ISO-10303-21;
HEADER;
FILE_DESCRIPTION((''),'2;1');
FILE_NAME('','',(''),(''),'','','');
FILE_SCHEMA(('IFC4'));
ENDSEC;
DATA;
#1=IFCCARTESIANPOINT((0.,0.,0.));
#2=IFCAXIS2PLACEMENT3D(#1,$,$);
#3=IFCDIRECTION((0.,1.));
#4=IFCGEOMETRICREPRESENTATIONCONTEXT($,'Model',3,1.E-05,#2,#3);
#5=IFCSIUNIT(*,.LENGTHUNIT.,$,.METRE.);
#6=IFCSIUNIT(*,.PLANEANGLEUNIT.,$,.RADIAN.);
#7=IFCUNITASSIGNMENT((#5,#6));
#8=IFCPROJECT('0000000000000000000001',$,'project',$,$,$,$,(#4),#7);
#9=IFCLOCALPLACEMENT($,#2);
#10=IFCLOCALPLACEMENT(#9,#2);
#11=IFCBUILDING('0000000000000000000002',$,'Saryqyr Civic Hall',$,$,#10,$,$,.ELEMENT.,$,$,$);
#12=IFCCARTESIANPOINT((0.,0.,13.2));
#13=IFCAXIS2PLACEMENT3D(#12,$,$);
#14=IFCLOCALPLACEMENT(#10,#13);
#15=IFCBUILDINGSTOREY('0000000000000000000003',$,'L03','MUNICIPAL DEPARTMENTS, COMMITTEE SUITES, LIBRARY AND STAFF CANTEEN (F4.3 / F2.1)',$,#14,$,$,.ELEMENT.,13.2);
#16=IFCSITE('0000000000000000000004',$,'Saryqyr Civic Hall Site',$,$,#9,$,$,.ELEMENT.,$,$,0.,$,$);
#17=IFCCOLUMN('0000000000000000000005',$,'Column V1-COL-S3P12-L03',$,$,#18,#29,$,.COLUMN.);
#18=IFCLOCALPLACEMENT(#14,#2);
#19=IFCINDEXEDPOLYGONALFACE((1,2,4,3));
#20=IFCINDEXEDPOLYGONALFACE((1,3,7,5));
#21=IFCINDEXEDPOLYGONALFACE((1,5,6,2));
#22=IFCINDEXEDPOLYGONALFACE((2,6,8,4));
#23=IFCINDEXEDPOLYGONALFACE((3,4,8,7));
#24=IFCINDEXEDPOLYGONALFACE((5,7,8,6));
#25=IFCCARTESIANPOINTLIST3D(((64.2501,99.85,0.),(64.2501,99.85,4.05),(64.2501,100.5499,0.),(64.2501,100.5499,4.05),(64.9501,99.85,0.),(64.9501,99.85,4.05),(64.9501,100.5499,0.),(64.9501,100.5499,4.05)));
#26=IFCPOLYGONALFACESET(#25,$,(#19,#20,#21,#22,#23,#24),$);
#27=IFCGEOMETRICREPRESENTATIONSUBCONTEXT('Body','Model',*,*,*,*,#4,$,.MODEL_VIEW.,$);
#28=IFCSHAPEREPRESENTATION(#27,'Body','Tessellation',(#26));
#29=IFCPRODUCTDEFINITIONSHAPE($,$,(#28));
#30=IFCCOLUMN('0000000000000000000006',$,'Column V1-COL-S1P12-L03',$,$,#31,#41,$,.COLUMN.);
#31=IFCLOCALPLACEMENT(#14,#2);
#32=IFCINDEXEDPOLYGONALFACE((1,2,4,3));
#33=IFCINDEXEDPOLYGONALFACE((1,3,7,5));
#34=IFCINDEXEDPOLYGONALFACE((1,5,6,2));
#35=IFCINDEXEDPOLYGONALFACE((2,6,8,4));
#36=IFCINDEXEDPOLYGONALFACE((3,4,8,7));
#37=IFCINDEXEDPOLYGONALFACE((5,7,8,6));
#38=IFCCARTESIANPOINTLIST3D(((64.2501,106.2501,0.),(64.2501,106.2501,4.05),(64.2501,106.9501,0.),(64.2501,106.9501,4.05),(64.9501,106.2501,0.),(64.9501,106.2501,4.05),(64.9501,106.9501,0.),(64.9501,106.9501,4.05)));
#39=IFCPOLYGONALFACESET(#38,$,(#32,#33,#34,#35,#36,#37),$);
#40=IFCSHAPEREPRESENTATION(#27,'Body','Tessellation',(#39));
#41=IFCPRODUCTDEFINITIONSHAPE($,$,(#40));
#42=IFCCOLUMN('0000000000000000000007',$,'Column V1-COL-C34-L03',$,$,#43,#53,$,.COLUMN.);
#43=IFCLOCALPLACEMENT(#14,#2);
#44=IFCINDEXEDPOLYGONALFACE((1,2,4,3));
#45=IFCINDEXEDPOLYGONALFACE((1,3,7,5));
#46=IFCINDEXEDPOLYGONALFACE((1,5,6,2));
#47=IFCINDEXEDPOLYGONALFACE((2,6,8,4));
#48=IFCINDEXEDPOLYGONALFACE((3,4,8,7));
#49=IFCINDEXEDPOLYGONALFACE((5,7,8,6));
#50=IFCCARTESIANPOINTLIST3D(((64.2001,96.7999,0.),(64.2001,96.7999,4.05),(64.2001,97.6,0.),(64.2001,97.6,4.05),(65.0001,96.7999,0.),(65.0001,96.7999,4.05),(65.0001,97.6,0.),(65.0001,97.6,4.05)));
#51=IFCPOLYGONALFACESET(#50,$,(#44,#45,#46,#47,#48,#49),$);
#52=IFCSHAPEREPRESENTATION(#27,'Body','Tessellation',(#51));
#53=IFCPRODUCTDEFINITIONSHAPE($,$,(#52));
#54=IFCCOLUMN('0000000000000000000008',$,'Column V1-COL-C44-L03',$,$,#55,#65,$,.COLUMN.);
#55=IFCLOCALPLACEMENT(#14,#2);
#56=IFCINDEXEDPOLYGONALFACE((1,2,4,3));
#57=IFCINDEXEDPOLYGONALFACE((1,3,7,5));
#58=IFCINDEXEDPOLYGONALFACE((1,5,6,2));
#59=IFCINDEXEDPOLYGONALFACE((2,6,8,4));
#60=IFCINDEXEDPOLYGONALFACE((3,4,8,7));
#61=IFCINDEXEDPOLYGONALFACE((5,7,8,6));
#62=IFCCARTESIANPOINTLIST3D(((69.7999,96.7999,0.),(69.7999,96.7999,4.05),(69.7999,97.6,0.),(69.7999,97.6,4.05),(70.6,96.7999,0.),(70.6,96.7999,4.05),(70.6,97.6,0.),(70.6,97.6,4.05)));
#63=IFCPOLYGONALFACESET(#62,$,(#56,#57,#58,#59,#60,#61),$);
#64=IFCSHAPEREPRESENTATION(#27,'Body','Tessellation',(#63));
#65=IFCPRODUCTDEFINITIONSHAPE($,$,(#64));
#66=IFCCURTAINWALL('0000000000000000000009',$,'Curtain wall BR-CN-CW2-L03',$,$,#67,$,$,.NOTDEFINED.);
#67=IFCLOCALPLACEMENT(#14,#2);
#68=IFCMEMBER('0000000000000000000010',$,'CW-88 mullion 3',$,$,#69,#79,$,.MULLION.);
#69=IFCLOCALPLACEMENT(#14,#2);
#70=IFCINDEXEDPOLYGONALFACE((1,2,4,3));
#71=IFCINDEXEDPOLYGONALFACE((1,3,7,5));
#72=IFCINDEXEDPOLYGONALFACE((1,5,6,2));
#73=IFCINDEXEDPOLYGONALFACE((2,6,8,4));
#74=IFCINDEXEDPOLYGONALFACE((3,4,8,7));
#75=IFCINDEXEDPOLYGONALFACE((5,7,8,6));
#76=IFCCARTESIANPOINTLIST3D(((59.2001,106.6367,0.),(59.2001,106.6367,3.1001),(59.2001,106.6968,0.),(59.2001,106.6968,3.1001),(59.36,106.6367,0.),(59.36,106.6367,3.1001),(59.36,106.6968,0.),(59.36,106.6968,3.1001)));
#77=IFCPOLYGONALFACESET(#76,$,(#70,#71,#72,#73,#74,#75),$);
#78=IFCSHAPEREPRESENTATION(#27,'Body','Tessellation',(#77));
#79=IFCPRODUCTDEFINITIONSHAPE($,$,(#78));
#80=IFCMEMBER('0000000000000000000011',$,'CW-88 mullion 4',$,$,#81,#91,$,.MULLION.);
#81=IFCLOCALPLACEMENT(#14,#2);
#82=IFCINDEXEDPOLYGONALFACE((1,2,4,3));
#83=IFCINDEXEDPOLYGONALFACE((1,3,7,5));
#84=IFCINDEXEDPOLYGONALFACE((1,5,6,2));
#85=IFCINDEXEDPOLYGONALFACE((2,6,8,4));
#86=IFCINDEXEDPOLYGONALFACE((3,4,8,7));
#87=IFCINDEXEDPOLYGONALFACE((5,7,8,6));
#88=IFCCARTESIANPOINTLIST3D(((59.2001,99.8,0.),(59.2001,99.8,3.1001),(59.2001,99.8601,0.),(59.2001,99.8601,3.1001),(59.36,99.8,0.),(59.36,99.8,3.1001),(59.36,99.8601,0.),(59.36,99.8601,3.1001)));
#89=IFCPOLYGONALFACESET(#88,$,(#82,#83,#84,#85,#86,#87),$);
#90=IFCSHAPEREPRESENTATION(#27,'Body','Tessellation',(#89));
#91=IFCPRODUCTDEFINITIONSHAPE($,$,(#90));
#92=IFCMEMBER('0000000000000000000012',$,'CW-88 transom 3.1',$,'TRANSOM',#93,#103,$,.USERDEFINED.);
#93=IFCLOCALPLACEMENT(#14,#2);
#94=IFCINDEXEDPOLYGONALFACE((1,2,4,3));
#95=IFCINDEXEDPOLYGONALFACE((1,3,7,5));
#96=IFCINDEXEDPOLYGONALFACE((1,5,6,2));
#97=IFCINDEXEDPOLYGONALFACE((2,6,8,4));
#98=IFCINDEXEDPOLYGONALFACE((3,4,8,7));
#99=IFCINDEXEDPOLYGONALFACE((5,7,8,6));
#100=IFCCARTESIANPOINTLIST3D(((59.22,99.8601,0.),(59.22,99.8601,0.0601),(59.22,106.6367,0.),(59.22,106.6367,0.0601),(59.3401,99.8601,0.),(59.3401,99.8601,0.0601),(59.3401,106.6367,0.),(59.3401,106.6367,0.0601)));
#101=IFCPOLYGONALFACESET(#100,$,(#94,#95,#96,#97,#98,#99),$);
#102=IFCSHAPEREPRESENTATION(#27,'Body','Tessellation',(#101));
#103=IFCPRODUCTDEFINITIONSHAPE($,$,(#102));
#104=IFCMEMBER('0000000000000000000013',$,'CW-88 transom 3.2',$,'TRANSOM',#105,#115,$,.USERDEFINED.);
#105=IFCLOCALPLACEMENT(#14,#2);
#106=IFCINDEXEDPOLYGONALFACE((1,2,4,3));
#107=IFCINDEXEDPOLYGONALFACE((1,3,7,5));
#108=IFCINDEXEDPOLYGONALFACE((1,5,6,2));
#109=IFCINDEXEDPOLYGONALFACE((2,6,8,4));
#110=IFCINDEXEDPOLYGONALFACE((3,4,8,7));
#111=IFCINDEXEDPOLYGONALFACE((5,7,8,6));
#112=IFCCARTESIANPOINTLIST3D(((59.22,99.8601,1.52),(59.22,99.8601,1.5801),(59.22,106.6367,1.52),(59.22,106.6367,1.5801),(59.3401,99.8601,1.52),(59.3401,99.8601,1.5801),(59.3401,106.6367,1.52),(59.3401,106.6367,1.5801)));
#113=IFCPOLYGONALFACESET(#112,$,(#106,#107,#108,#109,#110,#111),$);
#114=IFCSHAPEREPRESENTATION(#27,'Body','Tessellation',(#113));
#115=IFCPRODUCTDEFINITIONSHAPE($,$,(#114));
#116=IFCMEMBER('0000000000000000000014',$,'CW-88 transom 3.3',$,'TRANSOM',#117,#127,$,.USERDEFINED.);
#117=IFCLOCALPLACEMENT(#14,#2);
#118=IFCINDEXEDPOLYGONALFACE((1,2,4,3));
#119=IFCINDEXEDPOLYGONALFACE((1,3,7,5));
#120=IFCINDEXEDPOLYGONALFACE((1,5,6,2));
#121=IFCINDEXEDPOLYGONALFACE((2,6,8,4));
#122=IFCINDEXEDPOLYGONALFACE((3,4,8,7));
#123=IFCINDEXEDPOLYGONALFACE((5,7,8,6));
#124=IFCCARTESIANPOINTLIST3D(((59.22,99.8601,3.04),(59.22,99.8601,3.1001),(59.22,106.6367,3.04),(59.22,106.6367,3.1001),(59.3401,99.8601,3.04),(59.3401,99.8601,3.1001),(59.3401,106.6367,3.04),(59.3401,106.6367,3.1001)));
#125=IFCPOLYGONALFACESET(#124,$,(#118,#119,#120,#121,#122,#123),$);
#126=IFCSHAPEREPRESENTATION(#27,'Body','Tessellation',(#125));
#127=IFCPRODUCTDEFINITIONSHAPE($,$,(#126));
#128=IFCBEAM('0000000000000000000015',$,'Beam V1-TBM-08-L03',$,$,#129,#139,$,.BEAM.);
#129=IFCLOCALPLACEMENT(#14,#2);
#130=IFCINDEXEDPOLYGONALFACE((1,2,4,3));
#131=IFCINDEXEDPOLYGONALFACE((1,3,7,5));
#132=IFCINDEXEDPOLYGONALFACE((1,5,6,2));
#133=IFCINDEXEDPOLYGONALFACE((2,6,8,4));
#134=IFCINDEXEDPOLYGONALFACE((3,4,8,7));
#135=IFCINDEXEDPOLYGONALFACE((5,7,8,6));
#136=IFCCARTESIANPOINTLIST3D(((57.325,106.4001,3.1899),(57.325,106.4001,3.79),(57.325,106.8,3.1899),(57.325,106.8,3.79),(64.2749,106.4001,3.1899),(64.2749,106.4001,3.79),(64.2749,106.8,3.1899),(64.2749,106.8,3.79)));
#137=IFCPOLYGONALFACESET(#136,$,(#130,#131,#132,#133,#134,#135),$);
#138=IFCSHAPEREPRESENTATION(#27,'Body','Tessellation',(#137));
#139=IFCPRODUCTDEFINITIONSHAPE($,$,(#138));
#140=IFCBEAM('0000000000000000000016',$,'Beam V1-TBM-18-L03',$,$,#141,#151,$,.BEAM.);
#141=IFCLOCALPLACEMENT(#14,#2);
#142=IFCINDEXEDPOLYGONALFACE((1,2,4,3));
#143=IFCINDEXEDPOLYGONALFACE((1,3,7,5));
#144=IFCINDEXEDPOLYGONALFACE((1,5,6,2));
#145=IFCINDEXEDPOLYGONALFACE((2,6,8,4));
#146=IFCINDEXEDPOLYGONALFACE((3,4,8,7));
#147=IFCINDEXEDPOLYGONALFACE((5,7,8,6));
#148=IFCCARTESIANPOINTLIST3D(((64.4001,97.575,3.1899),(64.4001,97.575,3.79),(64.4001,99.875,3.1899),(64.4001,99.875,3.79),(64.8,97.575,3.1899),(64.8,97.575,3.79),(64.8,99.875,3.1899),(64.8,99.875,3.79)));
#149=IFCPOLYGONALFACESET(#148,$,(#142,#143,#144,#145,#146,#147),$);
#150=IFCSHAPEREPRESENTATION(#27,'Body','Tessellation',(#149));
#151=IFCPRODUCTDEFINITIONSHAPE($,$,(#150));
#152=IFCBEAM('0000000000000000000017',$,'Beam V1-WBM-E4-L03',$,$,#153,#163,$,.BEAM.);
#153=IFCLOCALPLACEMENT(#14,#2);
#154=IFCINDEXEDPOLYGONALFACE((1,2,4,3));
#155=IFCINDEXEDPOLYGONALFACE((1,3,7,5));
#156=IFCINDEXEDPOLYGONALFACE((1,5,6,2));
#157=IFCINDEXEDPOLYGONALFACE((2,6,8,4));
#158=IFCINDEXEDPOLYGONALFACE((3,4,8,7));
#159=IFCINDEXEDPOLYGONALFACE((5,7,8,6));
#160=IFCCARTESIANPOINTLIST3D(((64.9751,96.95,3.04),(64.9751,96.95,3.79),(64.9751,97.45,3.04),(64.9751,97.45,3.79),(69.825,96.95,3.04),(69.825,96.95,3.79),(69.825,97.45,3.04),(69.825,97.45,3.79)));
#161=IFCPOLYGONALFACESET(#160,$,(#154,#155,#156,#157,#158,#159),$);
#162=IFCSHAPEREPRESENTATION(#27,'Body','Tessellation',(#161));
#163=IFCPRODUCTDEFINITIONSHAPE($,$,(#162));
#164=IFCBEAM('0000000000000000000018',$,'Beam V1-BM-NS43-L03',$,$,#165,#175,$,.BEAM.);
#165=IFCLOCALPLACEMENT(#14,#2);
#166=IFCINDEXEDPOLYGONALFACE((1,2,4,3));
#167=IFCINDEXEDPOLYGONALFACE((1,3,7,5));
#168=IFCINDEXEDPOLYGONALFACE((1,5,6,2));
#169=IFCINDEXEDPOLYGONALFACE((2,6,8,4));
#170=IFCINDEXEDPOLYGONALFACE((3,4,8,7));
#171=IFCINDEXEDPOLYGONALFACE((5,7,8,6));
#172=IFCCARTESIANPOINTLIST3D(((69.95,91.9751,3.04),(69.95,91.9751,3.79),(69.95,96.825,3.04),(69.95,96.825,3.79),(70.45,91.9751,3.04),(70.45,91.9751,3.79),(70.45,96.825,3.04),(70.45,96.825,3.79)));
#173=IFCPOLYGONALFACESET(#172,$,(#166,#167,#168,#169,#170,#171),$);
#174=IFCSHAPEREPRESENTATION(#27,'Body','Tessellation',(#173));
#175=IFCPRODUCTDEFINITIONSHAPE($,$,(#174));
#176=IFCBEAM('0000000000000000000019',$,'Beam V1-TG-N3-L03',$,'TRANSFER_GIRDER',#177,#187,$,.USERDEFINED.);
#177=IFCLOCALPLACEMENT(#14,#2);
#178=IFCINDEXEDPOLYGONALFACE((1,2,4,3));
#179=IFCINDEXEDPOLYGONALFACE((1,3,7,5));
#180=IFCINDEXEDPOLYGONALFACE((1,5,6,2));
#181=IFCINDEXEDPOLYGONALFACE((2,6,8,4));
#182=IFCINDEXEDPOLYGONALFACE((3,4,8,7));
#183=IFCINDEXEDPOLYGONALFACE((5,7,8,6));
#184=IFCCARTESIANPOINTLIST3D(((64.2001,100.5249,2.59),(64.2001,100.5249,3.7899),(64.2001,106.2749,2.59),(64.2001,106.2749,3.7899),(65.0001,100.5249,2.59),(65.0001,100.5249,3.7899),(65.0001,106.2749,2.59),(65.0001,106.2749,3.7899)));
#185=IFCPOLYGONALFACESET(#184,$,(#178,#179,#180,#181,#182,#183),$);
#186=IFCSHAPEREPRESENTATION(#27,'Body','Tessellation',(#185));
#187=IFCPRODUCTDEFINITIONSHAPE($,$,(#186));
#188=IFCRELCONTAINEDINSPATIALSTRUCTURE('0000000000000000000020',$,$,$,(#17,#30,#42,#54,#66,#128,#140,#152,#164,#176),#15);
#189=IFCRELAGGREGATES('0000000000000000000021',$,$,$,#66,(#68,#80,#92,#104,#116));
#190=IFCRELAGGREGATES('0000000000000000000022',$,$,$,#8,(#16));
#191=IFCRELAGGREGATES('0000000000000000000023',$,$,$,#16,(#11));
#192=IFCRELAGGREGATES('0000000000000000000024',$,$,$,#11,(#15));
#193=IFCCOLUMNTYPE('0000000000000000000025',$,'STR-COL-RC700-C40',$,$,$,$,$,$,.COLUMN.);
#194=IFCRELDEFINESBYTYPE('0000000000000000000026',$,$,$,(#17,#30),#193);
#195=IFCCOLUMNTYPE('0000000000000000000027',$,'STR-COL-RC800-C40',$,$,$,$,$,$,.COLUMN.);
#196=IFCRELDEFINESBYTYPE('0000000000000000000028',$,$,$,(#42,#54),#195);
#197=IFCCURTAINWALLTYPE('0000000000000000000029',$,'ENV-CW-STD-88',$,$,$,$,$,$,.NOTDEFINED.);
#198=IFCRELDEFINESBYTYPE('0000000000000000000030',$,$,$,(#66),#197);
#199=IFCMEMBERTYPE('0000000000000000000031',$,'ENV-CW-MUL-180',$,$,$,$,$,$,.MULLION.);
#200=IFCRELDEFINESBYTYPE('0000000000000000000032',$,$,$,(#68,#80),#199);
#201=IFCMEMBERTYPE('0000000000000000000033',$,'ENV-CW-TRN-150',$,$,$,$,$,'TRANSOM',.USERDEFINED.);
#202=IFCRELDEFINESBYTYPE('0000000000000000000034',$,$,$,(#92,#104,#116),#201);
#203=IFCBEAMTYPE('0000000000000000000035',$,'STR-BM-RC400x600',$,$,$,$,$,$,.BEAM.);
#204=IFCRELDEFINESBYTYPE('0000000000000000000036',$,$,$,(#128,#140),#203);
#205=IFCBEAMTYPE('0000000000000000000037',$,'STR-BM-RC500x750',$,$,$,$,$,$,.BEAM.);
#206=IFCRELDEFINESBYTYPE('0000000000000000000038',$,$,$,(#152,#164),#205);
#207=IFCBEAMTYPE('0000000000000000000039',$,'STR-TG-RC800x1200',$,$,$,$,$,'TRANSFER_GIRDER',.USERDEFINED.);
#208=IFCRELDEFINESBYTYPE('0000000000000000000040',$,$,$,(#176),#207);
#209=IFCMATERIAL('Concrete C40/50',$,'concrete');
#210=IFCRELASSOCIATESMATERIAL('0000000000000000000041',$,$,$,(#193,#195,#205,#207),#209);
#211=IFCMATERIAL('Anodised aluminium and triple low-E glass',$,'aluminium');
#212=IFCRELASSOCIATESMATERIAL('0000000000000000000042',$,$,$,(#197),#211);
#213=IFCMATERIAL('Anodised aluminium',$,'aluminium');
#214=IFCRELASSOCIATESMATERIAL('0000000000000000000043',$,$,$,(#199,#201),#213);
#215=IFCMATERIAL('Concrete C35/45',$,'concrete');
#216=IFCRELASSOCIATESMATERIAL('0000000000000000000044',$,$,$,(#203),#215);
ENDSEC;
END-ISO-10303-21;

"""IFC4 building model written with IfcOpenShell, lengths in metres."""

from ifc_helpers import new_model, si_unit, direction, frame, origin, origin_2d, place, context, subcontext, project, spatial, rectangle, extrude, material, material_profile, profile_set, type_object, element, aggregate, save


model = new_model("IFC4")

# Units and contexts
model_context = context("Model", 3, precision=1e-05, world=origin(), true_north=direction((0.0, 1.0)))
body_context = subcontext(model_context, "Body", "Model", "MODEL_VIEW")
ifc_project = project(units=[si_unit("LENGTHUNIT", "METRE"), si_unit("PLANEANGLEUNIT", "RADIAN")], contexts=[model_context])

# Site, building, storey
site_placement = place(None, origin())
site = spatial("IfcSite", under=ifc_project, at=site_placement, Name="Saryqyr Civic Hall Site", CompositionType="ELEMENT", RefElevation=0.0)
building_placement = place(site_placement, origin())
building = spatial("IfcBuilding", under=site, at=building_placement, Name="Saryqyr Civic Hall", CompositionType="ELEMENT")
storey_placement = place(building_placement, frame((0.0, 0.0, 13.2)))
storey = spatial("IfcBuildingStorey", under=building, at=storey_placement, Name="L03", Description="MUNICIPAL DEPARTMENTS, COMMITTEE SUITES, LIBRARY AND STAFF CANTEEN (F4.3 / F2.1)", CompositionType="ELEMENT", Elevation=13.2)

# Columns
ifc_material_1 = material(Name="Concrete C40/50", Category="concrete")
ifc_material_profile_1 = material_profile(ifc_material_1, rectangle(XDim=0.7, YDim=0.7, at=origin_2d()), Name="RC 700x700")
ifc_profile_set_1 = profile_set([ifc_material_profile_1], Name="Concrete C40/50")
column_type_1 = type_object("IfcColumnType", Name="STR-COL-RC700-C40", PredefinedType="COLUMN", material=ifc_profile_set_1)
for number, where, z_axis, x_axis, name in (
    (1, (64.6001, 100.2, 0.0), (0.0, 0.0, 1.0), (1.0, 0.0, 0.0), "Column V1-COL-S3P12-L03"),
    (2, (64.6001, 106.6001, 0.0), (0.0, 0.0, 1.0), (1.0, 0.0, 0.0), "Column V1-COL-S1P12-L03"),
):
    element("IfcColumn", number, at=place(storey_placement, frame(where, z_axis=z_axis, x_axis=x_axis)), inside=storey, type_object=column_type_1, Name=name, PredefinedType="COLUMN", context=body_context, shape_type="SweptSolid", body=[
        extrude(rectangle(XDim=0.7, YDim=0.7, at=origin_2d()), origin(), (0.0, 0.0, 1.0), 4.05),
    ])
ifc_material_profile_2 = material_profile(ifc_material_1, rectangle(XDim=0.8, YDim=0.8, at=origin_2d()), Name="RC 800x800")
ifc_profile_set_2 = profile_set([ifc_material_profile_2], Name="Concrete C40/50")
column_type_2 = type_object("IfcColumnType", Name="STR-COL-RC800-C40", PredefinedType="COLUMN", material=ifc_profile_set_2)
for number, where, z_axis, x_axis, name in (
    (3, (64.6001, 97.2, 0.0), (0.0, 0.0, 1.0), (1.0, 0.0, 0.0), "Column V1-COL-C34-L03"),
    (4, (70.2, 97.2, 0.0), (0.0, 0.0, 1.0), (1.0, 0.0, 0.0), "Column V1-COL-C44-L03"),
):
    element("IfcColumn", number, at=place(storey_placement, frame(where, z_axis=z_axis, x_axis=x_axis)), inside=storey, type_object=column_type_2, Name=name, PredefinedType="COLUMN", context=body_context, shape_type="SweptSolid", body=[
        extrude(rectangle(XDim=0.8, YDim=0.8, at=origin_2d()), origin(), (0.0, 0.0, 1.0), 4.05),
    ])

# Curtain wall, members
ifc_material_2 = material(Name="Anodised aluminium and triple low-E glass", Category="aluminium")
curtain_wall_type = type_object("IfcCurtainWallType", Name="ENV-CW-STD-88", PredefinedType="NOTDEFINED", material=ifc_material_2)
curtain_wall_placement = place(storey_placement, origin())
curtain_wall = element("IfcCurtainWall", 5, at=curtain_wall_placement, inside=storey, type_object=curtain_wall_type, Name="Curtain wall BR-CN-CW2-L03", PredefinedType="NOTDEFINED")
ifc_material_3 = material(Name="Anodised aluminium", Category="aluminium")
ifc_material_profile_3 = material_profile(ifc_material_3, rectangle(XDim=0.0601, YDim=0.1599, at=origin_2d()), Name="ALU MULLION 60x160")
ifc_profile_set_3 = profile_set([ifc_material_profile_3], Name="Anodised aluminium")
member_type_1 = type_object("IfcMemberType", Name="ENV-CW-MUL-180", PredefinedType="MULLION", material=ifc_profile_set_3)
member_1_placement = place(storey_placement, frame((59.28, 106.6667, 0.0), z_axis=(0.0, 0.0, 1.0), x_axis=(0.0, -1.0, 0.0)))
member_1 = element("IfcMember", 6, at=member_1_placement, type_object=member_type_1, Name="CW-88 mullion 3", PredefinedType="MULLION", context=body_context, shape_type="SweptSolid", body=[
    extrude(rectangle(XDim=0.0601, YDim=0.1599, at=origin_2d()), origin(), (0.0, 0.0, 1.0), 3.1001),
])
member_2_placement = place(storey_placement, frame((59.28, 99.8301, 0.0), z_axis=(0.0, 0.0, 1.0), x_axis=(0.0, -1.0, 0.0)))
member_2 = element("IfcMember", 7, at=member_2_placement, type_object=member_type_1, Name="CW-88 mullion 4", PredefinedType="MULLION", context=body_context, shape_type="SweptSolid", body=[
    extrude(rectangle(XDim=0.0601, YDim=0.1599, at=origin_2d()), origin(), (0.0, 0.0, 1.0), 3.1001),
])
ifc_material_profile_4 = material_profile(ifc_material_3, rectangle(XDim=0.1201, YDim=0.0601, at=origin_2d()), Name="ALU TRANSOM 120x60")
ifc_profile_set_4 = profile_set([ifc_material_profile_4], Name="Anodised aluminium")
member_type_2 = type_object("IfcMemberType", Name="ENV-CW-TRN-150", ElementType="TRANSOM", PredefinedType="USERDEFINED", material=ifc_profile_set_4)
member_3_placement = place(storey_placement, frame((59.28, 106.6367, 0.03), z_axis=(0.0, -1.0, 0.0), x_axis=(1.0, 0.0, 0.0)))
member_3 = element("IfcMember", 8, at=member_3_placement, type_object=member_type_2, Name="CW-88 transom 3.1", ObjectType="TRANSOM", PredefinedType="USERDEFINED", context=body_context, shape_type="SweptSolid", body=[
    extrude(rectangle(XDim=0.1201, YDim=0.0601, at=origin_2d()), origin(), (0.0, 0.0, 1.0), 6.7766),
])
member_4_placement = place(storey_placement, frame((59.28, 106.6367, 1.55), z_axis=(0.0, -1.0, 0.0), x_axis=(1.0, 0.0, 0.0)))
member_4 = element("IfcMember", 9, at=member_4_placement, type_object=member_type_2, Name="CW-88 transom 3.2", ObjectType="TRANSOM", PredefinedType="USERDEFINED", context=body_context, shape_type="SweptSolid", body=[
    extrude(rectangle(XDim=0.1201, YDim=0.0601, at=origin_2d()), origin(), (0.0, 0.0, 1.0), 6.7766),
])
member_5_placement = place(storey_placement, frame((59.28, 106.6367, 3.0701), z_axis=(0.0, -1.0, 0.0), x_axis=(1.0, 0.0, 0.0)))
member_5 = element("IfcMember", 10, at=member_5_placement, type_object=member_type_2, Name="CW-88 transom 3.3", ObjectType="TRANSOM", PredefinedType="USERDEFINED", context=body_context, shape_type="SweptSolid", body=[
    extrude(rectangle(XDim=0.1201, YDim=0.0601, at=origin_2d()), origin(), (0.0, 0.0, 1.0), 6.7766),
])

# Beams
ifc_material_4 = material(Name="Concrete C35/45", Category="concrete")
ifc_material_profile_5 = material_profile(ifc_material_4, rectangle(XDim=0.3999, YDim=0.6001, at=origin_2d()), Name="RC 400x600")
ifc_profile_set_5 = profile_set([ifc_material_profile_5], Name="Concrete C35/45")
beam_type_1 = type_object("IfcBeamType", Name="STR-BM-RC400x600", PredefinedType="BEAM", material=ifc_profile_set_5)
beam_1_placement = place(storey_placement, frame((57.325, 106.6001, 3.49), z_axis=(1.0, 0.0, 0.0), x_axis=(0.0, 1.0, 0.0)))
element("IfcBeam", 11, at=beam_1_placement, inside=storey, type_object=beam_type_1, Name="Beam V1-TBM-08-L03", PredefinedType="BEAM", context=body_context, shape_type="SweptSolid", body=[
    extrude(rectangle(XDim=0.3999, YDim=0.6001, at=origin_2d()), origin(), (0.0, 0.0, 1.0), 6.95),
])
beam_2_placement = place(storey_placement, frame((64.6001, 97.575, 3.49), z_axis=(0.0, 1.0, 0.0), x_axis=(-1.0, 0.0, 0.0)))
element("IfcBeam", 12, at=beam_2_placement, inside=storey, type_object=beam_type_1, Name="Beam V1-TBM-18-L03", PredefinedType="BEAM", context=body_context, shape_type="SweptSolid", body=[
    extrude(rectangle(XDim=0.3999, YDim=0.6001, at=origin_2d()), origin(), (0.0, 0.0, 1.0), 2.3),
])
ifc_material_profile_6 = material_profile(ifc_material_1, rectangle(XDim=0.5, YDim=0.75, at=origin_2d()), Name="RC 500x750")
ifc_profile_set_6 = profile_set([ifc_material_profile_6], Name="Concrete C40/50")
beam_type_2 = type_object("IfcBeamType", Name="STR-BM-RC500x750", PredefinedType="BEAM", material=ifc_profile_set_6)
for number, where, z_axis, x_axis, name in (
    (13, (64.9751, 97.2, 3.415), (1.0, 0.0, 0.0), (0.0, 1.0, 0.0), "Beam V1-WBM-E4-L03"),
    (14, (70.2, 91.9751, 3.415), (0.0, 1.0, 0.0), (-1.0, 0.0, 0.0), "Beam V1-BM-NS43-L03"),
):
    element("IfcBeam", number, at=place(storey_placement, frame(where, z_axis=z_axis, x_axis=x_axis)), inside=storey, type_object=beam_type_2, Name=name, PredefinedType="BEAM", context=body_context, shape_type="SweptSolid", body=[
        extrude(rectangle(XDim=0.5, YDim=0.75, at=origin_2d()), origin(), (0.0, 0.0, 1.0), 4.8499),
    ])
ifc_material_profile_7 = material_profile(ifc_material_1, rectangle(XDim=0.8, YDim=1.2, at=origin_2d()), Name="RC 800x1200")
ifc_profile_set_7 = profile_set([ifc_material_profile_7], Name="Concrete C40/50")
beam_type_3 = type_object("IfcBeamType", Name="STR-TG-RC800x1200", ElementType="TRANSFER_GIRDER", PredefinedType="USERDEFINED", material=ifc_profile_set_7)
beam_3_placement = place(storey_placement, frame((64.6001, 100.5249, 3.1899), z_axis=(0.0, 1.0, 0.0), x_axis=(-1.0, 0.0, 0.0)))
element("IfcBeam", 15, at=beam_3_placement, inside=storey, type_object=beam_type_3, Name="Beam V1-TG-N3-L03", ObjectType="TRANSFER_GIRDER", PredefinedType="USERDEFINED", context=body_context, shape_type="SweptSolid", body=[
    extrude(rectangle(XDim=0.8, YDim=1.2, at=origin_2d()), origin(), (0.0, 0.0, 1.0), 5.75),
])

aggregate(curtain_wall, [member_1, member_2, member_3, member_4, member_5])

save(model, "model.ifc")
